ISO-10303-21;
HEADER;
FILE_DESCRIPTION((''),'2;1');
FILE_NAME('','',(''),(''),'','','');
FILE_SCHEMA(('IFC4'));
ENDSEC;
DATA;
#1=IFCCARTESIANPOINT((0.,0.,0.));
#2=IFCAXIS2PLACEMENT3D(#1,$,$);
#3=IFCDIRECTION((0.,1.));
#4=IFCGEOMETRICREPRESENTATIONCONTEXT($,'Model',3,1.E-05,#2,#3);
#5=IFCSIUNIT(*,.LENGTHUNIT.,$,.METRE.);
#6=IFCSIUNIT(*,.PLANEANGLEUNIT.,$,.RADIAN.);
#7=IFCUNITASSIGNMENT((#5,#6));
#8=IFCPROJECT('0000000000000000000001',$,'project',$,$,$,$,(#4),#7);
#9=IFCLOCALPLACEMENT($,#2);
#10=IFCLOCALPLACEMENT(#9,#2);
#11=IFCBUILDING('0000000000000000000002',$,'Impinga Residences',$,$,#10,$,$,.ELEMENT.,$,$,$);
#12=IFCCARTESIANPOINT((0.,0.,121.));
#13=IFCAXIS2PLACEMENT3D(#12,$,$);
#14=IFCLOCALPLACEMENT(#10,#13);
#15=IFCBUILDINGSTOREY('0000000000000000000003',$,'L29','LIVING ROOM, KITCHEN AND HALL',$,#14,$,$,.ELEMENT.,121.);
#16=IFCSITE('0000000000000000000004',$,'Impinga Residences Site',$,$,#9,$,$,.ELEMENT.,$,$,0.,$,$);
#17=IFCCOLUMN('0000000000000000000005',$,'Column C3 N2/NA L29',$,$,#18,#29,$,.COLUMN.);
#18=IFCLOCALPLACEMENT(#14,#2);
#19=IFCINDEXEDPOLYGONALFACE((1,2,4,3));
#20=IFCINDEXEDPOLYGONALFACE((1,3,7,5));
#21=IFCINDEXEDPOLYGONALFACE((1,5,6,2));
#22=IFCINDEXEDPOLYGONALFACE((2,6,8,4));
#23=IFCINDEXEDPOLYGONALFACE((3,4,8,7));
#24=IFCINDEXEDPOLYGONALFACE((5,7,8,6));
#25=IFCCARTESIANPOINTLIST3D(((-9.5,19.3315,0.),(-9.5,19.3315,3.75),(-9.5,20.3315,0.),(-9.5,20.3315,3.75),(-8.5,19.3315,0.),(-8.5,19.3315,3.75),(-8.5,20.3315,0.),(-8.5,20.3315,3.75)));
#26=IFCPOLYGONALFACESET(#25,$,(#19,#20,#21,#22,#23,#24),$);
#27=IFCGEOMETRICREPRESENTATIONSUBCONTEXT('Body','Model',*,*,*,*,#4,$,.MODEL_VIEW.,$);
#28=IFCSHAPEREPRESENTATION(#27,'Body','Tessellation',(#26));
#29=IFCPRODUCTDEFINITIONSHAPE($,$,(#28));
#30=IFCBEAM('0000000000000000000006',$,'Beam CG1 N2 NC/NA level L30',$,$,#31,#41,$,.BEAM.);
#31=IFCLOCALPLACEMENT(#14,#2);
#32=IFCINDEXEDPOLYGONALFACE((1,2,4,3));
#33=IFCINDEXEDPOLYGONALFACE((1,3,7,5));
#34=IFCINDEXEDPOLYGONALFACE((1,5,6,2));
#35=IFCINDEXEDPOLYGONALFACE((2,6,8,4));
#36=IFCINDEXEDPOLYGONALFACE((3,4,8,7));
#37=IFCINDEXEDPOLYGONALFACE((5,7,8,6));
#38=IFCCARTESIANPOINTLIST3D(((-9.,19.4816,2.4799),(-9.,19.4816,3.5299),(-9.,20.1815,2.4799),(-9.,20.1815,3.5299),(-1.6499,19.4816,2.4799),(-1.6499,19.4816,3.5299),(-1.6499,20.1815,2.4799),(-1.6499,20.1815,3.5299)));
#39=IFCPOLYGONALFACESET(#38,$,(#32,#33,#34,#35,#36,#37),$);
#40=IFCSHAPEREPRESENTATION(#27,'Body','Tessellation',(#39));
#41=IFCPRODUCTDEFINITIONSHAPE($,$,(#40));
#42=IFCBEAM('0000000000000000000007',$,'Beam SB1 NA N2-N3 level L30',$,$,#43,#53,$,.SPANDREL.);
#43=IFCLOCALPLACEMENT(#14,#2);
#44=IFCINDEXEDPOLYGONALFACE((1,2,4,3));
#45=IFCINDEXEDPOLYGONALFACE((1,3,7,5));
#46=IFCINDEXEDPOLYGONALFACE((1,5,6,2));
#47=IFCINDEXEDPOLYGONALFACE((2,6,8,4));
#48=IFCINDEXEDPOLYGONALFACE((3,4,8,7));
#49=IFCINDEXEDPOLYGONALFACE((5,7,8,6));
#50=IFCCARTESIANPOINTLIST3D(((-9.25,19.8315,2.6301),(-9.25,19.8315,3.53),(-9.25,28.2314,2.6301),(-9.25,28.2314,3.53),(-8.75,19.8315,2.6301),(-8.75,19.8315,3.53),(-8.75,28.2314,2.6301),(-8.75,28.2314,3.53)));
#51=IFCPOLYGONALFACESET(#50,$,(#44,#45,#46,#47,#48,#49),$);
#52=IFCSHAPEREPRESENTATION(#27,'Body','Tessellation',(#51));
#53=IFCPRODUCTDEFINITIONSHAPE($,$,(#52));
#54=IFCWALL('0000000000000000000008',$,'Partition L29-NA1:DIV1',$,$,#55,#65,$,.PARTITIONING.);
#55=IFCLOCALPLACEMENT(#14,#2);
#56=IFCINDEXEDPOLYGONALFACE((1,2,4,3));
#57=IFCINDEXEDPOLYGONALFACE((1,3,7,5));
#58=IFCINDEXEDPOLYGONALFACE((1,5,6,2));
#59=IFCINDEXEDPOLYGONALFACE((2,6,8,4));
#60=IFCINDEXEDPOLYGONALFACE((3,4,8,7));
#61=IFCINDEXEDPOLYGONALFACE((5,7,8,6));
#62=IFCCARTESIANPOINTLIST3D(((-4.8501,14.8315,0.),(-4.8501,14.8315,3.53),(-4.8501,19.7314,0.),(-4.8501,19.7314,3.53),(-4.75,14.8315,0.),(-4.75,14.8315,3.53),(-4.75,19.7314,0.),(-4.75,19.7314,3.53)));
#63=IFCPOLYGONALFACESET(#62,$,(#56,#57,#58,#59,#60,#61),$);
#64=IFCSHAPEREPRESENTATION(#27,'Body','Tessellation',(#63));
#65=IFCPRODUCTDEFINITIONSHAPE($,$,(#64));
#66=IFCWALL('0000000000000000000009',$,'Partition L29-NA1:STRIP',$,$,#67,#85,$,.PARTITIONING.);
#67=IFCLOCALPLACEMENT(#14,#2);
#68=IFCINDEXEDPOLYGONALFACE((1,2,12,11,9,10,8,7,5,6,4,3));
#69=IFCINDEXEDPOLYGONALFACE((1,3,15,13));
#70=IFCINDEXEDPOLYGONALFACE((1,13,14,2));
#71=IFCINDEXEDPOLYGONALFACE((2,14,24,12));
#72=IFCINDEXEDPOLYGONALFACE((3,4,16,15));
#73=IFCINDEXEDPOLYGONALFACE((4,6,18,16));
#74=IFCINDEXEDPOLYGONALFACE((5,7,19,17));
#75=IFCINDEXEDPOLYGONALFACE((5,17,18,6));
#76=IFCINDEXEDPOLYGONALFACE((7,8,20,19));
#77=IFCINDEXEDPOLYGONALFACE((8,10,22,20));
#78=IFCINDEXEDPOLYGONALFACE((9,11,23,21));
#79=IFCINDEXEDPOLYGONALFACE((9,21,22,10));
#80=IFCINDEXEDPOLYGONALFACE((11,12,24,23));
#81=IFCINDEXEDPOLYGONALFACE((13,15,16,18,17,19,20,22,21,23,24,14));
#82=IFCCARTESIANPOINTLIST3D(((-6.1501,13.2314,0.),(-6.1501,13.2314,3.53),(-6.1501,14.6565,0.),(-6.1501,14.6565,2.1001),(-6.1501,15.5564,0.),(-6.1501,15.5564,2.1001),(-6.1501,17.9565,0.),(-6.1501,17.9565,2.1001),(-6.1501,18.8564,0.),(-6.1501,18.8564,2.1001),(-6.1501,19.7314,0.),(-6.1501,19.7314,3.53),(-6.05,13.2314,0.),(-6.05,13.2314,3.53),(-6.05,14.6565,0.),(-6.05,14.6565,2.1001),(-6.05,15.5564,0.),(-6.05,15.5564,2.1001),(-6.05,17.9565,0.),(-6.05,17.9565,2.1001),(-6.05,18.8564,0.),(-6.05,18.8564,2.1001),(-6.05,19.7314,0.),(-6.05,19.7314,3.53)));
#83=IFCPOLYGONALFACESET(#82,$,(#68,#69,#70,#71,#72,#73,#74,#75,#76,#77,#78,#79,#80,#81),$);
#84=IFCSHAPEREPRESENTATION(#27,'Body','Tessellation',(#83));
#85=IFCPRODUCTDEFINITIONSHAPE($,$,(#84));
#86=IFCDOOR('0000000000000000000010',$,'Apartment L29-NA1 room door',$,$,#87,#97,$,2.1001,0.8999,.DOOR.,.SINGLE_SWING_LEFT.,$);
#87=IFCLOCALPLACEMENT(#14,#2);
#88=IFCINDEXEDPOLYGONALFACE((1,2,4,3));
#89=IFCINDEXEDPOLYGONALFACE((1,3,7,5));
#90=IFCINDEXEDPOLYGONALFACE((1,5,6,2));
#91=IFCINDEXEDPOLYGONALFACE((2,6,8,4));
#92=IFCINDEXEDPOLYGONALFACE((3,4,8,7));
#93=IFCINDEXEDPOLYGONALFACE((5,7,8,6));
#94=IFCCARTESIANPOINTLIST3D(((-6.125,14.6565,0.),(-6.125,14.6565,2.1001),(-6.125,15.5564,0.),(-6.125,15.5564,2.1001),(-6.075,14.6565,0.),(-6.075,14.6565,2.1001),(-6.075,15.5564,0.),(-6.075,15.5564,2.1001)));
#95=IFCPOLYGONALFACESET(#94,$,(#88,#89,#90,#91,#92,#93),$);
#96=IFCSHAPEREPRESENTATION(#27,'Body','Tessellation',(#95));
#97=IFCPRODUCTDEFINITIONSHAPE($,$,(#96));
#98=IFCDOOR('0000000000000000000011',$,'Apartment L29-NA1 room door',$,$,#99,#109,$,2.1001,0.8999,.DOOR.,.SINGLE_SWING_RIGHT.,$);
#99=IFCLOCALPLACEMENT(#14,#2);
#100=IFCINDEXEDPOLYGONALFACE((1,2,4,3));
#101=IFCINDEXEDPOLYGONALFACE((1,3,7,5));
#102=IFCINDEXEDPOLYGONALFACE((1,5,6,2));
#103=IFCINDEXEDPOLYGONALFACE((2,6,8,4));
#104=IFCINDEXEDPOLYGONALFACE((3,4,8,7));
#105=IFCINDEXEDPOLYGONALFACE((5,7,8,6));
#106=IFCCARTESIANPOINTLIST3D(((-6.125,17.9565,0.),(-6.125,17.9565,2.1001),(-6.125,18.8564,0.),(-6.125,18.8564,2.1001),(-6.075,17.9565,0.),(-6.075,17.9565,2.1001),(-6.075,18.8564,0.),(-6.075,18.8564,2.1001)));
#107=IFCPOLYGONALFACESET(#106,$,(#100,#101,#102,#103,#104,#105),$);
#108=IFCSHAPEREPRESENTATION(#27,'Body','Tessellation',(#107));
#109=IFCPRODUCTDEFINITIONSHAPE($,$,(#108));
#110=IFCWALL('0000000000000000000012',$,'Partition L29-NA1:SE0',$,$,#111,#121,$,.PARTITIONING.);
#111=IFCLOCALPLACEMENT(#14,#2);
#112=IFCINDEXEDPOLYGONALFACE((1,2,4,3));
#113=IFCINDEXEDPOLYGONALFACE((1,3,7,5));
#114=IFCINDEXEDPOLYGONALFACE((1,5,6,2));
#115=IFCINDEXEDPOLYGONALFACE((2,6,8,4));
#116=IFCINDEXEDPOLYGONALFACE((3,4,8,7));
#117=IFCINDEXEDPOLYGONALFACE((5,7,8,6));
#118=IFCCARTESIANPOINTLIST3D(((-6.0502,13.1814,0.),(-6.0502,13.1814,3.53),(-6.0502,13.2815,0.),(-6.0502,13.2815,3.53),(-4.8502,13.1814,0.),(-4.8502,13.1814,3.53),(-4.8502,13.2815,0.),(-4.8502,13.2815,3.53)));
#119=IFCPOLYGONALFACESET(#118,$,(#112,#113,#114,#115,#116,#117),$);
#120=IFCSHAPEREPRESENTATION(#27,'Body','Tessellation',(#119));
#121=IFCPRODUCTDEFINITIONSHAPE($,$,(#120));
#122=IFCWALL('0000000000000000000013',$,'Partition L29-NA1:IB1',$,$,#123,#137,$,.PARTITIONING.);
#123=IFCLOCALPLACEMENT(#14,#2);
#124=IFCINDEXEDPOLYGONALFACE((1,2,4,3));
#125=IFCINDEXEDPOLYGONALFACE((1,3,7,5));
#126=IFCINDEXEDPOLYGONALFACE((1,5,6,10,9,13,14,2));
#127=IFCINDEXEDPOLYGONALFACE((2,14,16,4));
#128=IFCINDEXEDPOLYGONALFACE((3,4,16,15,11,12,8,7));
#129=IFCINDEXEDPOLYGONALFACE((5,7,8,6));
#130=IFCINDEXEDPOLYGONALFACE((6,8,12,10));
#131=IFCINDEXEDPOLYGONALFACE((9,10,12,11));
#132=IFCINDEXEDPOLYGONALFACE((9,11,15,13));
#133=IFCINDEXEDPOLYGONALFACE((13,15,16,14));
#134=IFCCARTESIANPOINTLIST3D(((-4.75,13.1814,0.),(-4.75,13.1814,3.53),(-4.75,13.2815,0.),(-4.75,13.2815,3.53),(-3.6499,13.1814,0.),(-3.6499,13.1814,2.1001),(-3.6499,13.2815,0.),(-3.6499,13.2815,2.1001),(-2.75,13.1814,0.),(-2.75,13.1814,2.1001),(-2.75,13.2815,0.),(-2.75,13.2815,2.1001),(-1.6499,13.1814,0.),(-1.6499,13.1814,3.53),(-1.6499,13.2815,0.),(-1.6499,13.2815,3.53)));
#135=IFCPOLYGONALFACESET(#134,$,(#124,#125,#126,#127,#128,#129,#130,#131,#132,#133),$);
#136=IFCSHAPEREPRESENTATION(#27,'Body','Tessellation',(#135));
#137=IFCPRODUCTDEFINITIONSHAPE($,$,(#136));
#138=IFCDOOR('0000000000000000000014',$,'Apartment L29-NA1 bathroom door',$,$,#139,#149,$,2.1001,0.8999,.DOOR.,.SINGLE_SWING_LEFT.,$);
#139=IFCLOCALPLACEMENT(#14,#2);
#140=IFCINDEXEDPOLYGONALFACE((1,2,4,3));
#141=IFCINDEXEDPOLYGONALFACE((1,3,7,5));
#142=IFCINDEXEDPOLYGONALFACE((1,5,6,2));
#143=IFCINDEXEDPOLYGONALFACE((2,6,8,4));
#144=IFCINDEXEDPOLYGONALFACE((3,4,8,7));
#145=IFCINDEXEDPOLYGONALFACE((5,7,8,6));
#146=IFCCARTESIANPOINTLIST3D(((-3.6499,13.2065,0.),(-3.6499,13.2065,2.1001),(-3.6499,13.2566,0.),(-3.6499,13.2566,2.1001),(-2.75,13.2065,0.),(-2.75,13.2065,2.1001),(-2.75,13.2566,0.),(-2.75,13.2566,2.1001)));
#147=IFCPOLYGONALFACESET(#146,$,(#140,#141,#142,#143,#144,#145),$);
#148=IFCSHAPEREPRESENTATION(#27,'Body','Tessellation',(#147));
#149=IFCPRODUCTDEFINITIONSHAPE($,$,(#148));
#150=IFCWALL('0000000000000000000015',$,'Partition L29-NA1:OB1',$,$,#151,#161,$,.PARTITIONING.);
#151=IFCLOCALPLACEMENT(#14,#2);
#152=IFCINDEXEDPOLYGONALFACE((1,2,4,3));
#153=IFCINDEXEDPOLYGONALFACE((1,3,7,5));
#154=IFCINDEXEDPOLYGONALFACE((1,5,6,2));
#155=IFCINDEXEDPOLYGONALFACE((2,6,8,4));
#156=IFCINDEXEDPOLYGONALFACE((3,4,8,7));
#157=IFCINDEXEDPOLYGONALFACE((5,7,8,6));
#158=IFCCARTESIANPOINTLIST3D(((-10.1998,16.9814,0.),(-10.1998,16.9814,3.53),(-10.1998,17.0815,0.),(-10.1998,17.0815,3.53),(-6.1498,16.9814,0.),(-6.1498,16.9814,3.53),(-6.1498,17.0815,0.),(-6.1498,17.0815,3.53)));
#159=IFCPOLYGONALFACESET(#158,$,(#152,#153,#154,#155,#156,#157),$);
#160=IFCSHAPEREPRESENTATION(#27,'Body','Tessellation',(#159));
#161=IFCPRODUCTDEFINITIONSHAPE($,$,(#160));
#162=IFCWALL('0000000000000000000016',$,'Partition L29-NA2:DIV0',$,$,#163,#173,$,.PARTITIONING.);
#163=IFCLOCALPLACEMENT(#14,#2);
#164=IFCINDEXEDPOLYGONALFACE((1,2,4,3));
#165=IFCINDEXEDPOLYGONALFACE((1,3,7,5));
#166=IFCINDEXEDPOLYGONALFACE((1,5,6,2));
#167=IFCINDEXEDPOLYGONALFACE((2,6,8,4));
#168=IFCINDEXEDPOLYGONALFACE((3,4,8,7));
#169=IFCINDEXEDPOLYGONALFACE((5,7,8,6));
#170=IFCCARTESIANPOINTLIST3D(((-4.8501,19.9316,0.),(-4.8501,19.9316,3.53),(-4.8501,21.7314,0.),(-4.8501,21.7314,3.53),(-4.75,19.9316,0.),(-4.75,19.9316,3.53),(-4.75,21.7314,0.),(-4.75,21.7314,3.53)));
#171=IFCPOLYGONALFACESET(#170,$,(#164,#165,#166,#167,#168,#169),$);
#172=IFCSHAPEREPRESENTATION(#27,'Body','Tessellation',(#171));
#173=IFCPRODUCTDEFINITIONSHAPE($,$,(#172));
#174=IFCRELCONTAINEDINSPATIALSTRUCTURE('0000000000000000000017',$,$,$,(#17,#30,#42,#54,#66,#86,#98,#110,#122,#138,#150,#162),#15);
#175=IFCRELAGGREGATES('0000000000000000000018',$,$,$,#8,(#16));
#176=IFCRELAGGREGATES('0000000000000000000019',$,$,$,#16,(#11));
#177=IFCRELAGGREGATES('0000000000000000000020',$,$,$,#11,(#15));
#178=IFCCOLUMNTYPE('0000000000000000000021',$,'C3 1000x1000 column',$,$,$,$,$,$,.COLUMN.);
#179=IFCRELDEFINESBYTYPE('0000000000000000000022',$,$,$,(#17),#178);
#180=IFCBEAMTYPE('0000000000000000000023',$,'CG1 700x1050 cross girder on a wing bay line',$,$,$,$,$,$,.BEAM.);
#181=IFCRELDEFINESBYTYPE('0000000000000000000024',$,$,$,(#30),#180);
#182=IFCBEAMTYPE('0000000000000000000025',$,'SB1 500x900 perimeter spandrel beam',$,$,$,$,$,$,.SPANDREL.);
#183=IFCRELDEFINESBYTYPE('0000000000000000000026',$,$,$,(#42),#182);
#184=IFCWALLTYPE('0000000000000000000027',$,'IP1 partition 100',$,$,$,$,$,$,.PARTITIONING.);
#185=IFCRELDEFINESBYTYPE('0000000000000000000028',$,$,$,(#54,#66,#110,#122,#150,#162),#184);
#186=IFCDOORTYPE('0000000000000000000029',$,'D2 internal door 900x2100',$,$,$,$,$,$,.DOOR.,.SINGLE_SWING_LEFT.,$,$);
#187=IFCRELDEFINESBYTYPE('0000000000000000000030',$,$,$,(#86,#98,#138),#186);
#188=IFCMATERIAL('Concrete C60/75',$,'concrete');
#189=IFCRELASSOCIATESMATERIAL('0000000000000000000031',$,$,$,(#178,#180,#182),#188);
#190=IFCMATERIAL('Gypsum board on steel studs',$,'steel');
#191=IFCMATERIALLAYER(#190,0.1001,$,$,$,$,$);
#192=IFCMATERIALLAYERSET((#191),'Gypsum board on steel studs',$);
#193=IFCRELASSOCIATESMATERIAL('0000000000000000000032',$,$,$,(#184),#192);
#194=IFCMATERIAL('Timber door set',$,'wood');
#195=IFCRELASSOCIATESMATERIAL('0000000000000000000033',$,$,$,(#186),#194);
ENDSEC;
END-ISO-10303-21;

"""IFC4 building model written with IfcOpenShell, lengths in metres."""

from ifc_helpers import new_model, si_unit, direction, frame, frame_2d, origin, origin_2d, place, context, subcontext, project, spatial, rectangle, extrude, material, layer, layer_set, material_profile, profile_set, type_object, element, fill, save


model = new_model("IFC4")

# Units and contexts
model_context = context("Model", 3, precision=1e-05, world=origin(), true_north=direction((0.0, 1.0)))
body_context = subcontext(model_context, "Body", "Model", "MODEL_VIEW")
ifc_project = project(units=[si_unit("LENGTHUNIT", "METRE"), si_unit("PLANEANGLEUNIT", "RADIAN")], contexts=[model_context])

# Site, building, storey
site_placement = place(None, origin())
site = spatial("IfcSite", under=ifc_project, at=site_placement, Name="Impinga Residences Site", CompositionType="ELEMENT", RefElevation=0.0)
building_placement = place(site_placement, origin())
building = spatial("IfcBuilding", under=site, at=building_placement, Name="Impinga Residences", CompositionType="ELEMENT")
storey_placement = place(building_placement, frame((0.0, 0.0, 121.0)))
storey = spatial("IfcBuildingStorey", under=building, at=storey_placement, Name="L29", Description="LIVING ROOM, KITCHEN AND HALL", CompositionType="ELEMENT", Elevation=121.0)

# Column
ifc_material_1 = material(Name="Concrete C60/75", Category="concrete")
ifc_material_profile_1 = material_profile(ifc_material_1, rectangle(XDim=1.0, YDim=1.0, at=origin_2d()), Name="RC 1000x1000")
ifc_profile_set_1 = profile_set([ifc_material_profile_1], Name="Concrete C60/75")
column_type = type_object("IfcColumnType", Name="C3 1000x1000 column", PredefinedType="COLUMN", material=ifc_profile_set_1)
column_placement = place(storey_placement, frame((-9.0, 19.8315, 0.0), z_axis=(0.0, 0.0, 1.0), x_axis=(1.0, 0.0, 0.0)))
element("IfcColumn", 1, at=column_placement, inside=storey, type_object=column_type, Name="Column C3 N2/NA L29", PredefinedType="COLUMN", context=body_context, shape_type="SweptSolid", body=[
    extrude(rectangle(XDim=1.0, YDim=1.0, at=origin_2d()), origin(), (0.0, 0.0, 1.0), 3.75),
])

# Beams
ifc_material_profile_2 = material_profile(ifc_material_1, rectangle(XDim=0.7, YDim=1.05, at=origin_2d()), Name="RC 700x1050")
ifc_profile_set_2 = profile_set([ifc_material_profile_2], Name="Concrete C60/75")
beam_type_1 = type_object("IfcBeamType", Name="CG1 700x1050 cross girder on a wing bay line", PredefinedType="BEAM", material=ifc_profile_set_2)
beam_1_placement = place(storey_placement, frame((-1.6499, 19.8315, 3.0049), z_axis=(-1.0, 0.0, 0.0), x_axis=(0.0, -1.0, 0.0)))
element("IfcBeam", 2, at=beam_1_placement, inside=storey, type_object=beam_type_1, Name="Beam CG1 N2 NC/NA level L30", PredefinedType="BEAM", context=body_context, shape_type="SweptSolid", body=[
    extrude(rectangle(XDim=0.7, YDim=1.05, at=origin_2d()), origin(), (0.0, 0.0, 1.0), 7.3501),
])
ifc_material_profile_3 = material_profile(ifc_material_1, rectangle(XDim=0.5, YDim=0.8999, at=origin_2d()), Name="RC 500x900")
ifc_profile_set_3 = profile_set([ifc_material_profile_3], Name="Concrete C60/75")
beam_type_2 = type_object("IfcBeamType", Name="SB1 500x900 perimeter spandrel beam", PredefinedType="SPANDREL", material=ifc_profile_set_3)
beam_2_placement = place(storey_placement, frame((-9.0, 19.8315, 3.0801), z_axis=(0.0, 1.0, 0.0), x_axis=(-1.0, 0.0, 0.0)))
element("IfcBeam", 3, at=beam_2_placement, inside=storey, type_object=beam_type_2, Name="Beam SB1 NA N2-N3 level L30", PredefinedType="SPANDREL", context=body_context, shape_type="SweptSolid", body=[
    extrude(rectangle(XDim=0.5, YDim=0.8999, at=origin_2d()), origin(), (0.0, 0.0, 1.0), 8.3999),
])

# Wall
ifc_material_2 = material(Name="Gypsum board on steel studs", Category="steel")
ifc_layer_1 = layer(ifc_material_2, 0.1001)
ifc_layer_set_1 = layer_set([ifc_layer_1], Name="Gypsum board on steel studs")
wall_type_1 = type_object("IfcWallType", Name="IP1 partition 100", PredefinedType="PARTITIONING", material=ifc_layer_set_1)
wall_1_placement = place(storey_placement, frame((-4.8, 14.8315, 0.0), z_axis=(0.0, 0.0, 1.0), x_axis=(0.0, 1.0, 0.0)))
element("IfcWall", 4, at=wall_1_placement, inside=storey, type_object=wall_type_1, Name="Partition L29-NA1:DIV1", PredefinedType="PARTITIONING", context=body_context, shape_type="SweptSolid", body=[
    extrude(rectangle(XDim=4.8999, YDim=0.1001, at=frame_2d((2.45, 0.0))), origin(), (0.0, 0.0, 1.0), 3.53),
])

# Wall, openings, doors
wall_2_placement = place(storey_placement, frame((-6.1001, 13.2314, 0.0), z_axis=(0.0, 0.0, 1.0), x_axis=(0.0, 1.0, 0.0)))
wall_2 = element("IfcWall", 5, at=wall_2_placement, inside=storey, type_object=wall_type_1, Name="Partition L29-NA1:STRIP", PredefinedType="PARTITIONING", context=body_context, shape_type="SweptSolid", body=[
    extrude(rectangle(XDim=6.5, YDim=0.1001, at=frame_2d((3.25, 0.0))), origin(), (0.0, 0.0, 1.0), 3.53),
])
opening_1_placement = place(wall_2_placement, frame((1.425, 0.0, 0.0)))
opening_1 = element("IfcOpeningElement", 6, at=opening_1_placement, cuts=wall_2, PredefinedType="OPENING", context=body_context, shape_type="SweptSolid", body=[
    extrude(rectangle(XDim=0.8999, YDim=2.1001, at=frame_2d((0.45, 1.05))), frame((0.0, 0.0601, 0.0), z_axis=(0.0, -1.0, 0.0), x_axis=(1.0, 0.0, 0.0)), (0.0, 0.0, 1.0), 0.1201),
])
opening_2_placement = place(wall_2_placement, frame((4.7251, 0.0, 0.0)))
opening_2 = element("IfcOpeningElement", 7, at=opening_2_placement, cuts=wall_2, PredefinedType="OPENING", context=body_context, shape_type="SweptSolid", body=[
    extrude(rectangle(XDim=0.8999, YDim=2.1001, at=frame_2d((0.45, 1.05))), frame((0.0, 0.0601, 0.0), z_axis=(0.0, -1.0, 0.0), x_axis=(1.0, 0.0, 0.0)), (0.0, 0.0, 1.0), 0.1201),
])
ifc_material_3 = material(Name="Timber door set", Category="wood")
door_type = type_object("IfcDoorType", Name="D2 internal door 900x2100", OperationType="SINGLE_SWING_LEFT", PredefinedType="DOOR", material=ifc_material_3)
door_1_placement = place(opening_1_placement, origin())
door_1 = element("IfcDoor", 8, at=door_1_placement, inside=storey, type_object=door_type, Name="Apartment L29-NA1 room door", OperationType="SINGLE_SWING_LEFT", OverallHeight=2.1001, OverallWidth=0.8999, PredefinedType="DOOR", context=body_context, shape_type="SweptSolid", body=[
    extrude(rectangle(XDim=0.8999, YDim=2.1001, at=frame_2d((0.45, 1.05))), frame((0.0, 0.0249, 0.0), z_axis=(0.0, -1.0, 0.0), x_axis=(1.0, 0.0, 0.0)), (0.0, 0.0, 1.0), 0.05),
])
fill(opening_1, door_1)
door_2_placement = place(opening_2_placement, origin())
door_2 = element("IfcDoor", 9, at=door_2_placement, inside=storey, type_object=door_type, Name="Apartment L29-NA1 room door", OperationType="SINGLE_SWING_RIGHT", OverallHeight=2.1001, OverallWidth=0.8999, PredefinedType="DOOR", context=body_context, shape_type="SweptSolid", body=[
    extrude(rectangle(XDim=0.8999, YDim=2.1001, at=frame_2d((0.45, 1.05))), frame((0.0, 0.0249, 0.0), z_axis=(0.0, -1.0, 0.0), x_axis=(1.0, 0.0, 0.0)), (0.0, 0.0, 1.0), 0.05),
])
fill(opening_2, door_2)

# Wall
wall_3_placement = place(storey_placement, frame((-4.8501, 13.2314, 0.0), z_axis=(0.0, 0.0, 1.0), x_axis=(-1.0, 0.0, 0.0)))
element("IfcWall", 10, at=wall_3_placement, inside=storey, type_object=wall_type_1, Name="Partition L29-NA1:SE0", PredefinedType="PARTITIONING", context=body_context, shape_type="SweptSolid", body=[
    extrude(rectangle(XDim=1.2, YDim=0.1001, at=frame_2d((0.6001, 0.0))), origin(), (0.0, 0.0, 1.0), 3.53),
])

# Wall, opening, door
wall_4_placement = place(storey_placement, frame((-1.6499, 13.2314, 0.0), z_axis=(0.0, 0.0, 1.0), x_axis=(-1.0, 0.0, 0.0)))
wall_4 = element("IfcWall", 11, at=wall_4_placement, inside=storey, type_object=wall_type_1, Name="Partition L29-NA1:IB1", PredefinedType="PARTITIONING", context=body_context, shape_type="SweptSolid", body=[
    extrude(rectangle(XDim=3.1001, YDim=0.1001, at=frame_2d((1.55, 0.0))), origin(), (0.0, 0.0, 1.0), 3.53),
])
opening_3_placement = place(wall_4_placement, frame((1.1001, 0.0, 0.0)))
opening_3 = element("IfcOpeningElement", 12, at=opening_3_placement, cuts=wall_4, PredefinedType="OPENING", context=body_context, shape_type="SweptSolid", body=[
    extrude(rectangle(XDim=0.8999, YDim=2.1001, at=frame_2d((0.45, 1.05))), frame((0.0, 0.0601, 0.0), z_axis=(0.0, -1.0, 0.0), x_axis=(1.0, 0.0, 0.0)), (0.0, 0.0, 1.0), 0.1201),
])
door_3_placement = place(opening_3_placement, origin())
door_3 = element("IfcDoor", 13, at=door_3_placement, inside=storey, type_object=door_type, Name="Apartment L29-NA1 bathroom door", OperationType="SINGLE_SWING_LEFT", OverallHeight=2.1001, OverallWidth=0.8999, PredefinedType="DOOR", context=body_context, shape_type="SweptSolid", body=[
    extrude(rectangle(XDim=0.8999, YDim=2.1001, at=frame_2d((0.45, 1.05))), frame((0.0, 0.0249, 0.0), z_axis=(0.0, -1.0, 0.0), x_axis=(1.0, 0.0, 0.0)), (0.0, 0.0, 1.0), 0.05),
])
fill(opening_3, door_3)

# Walls
wall_5_placement = place(storey_placement, frame((-6.1499, 17.0315, 0.0), z_axis=(0.0, 0.0, 1.0), x_axis=(-1.0, 0.0, 0.0)))
element("IfcWall", 14, at=wall_5_placement, inside=storey, type_object=wall_type_1, Name="Partition L29-NA1:OB1", PredefinedType="PARTITIONING", context=body_context, shape_type="SweptSolid", body=[
    extrude(rectangle(XDim=4.05, YDim=0.1001, at=frame_2d((2.0249, 0.0))), origin(), (0.0, 0.0, 1.0), 3.53),
])
wall_6_placement = place(storey_placement, frame((-4.8, 19.9316, 0.0), z_axis=(0.0, 0.0, 1.0), x_axis=(0.0, 1.0, 0.0)))
element("IfcWall", 15, at=wall_6_placement, inside=storey, type_object=wall_type_1, Name="Partition L29-NA2:DIV0", PredefinedType="PARTITIONING", context=body_context, shape_type="SweptSolid", body=[
    extrude(rectangle(XDim=1.7998, YDim=0.1001, at=frame_2d((0.8999, 0.0))), origin(), (0.0, 0.0, 1.0), 3.53),
])

save(model, "model.ifc")
